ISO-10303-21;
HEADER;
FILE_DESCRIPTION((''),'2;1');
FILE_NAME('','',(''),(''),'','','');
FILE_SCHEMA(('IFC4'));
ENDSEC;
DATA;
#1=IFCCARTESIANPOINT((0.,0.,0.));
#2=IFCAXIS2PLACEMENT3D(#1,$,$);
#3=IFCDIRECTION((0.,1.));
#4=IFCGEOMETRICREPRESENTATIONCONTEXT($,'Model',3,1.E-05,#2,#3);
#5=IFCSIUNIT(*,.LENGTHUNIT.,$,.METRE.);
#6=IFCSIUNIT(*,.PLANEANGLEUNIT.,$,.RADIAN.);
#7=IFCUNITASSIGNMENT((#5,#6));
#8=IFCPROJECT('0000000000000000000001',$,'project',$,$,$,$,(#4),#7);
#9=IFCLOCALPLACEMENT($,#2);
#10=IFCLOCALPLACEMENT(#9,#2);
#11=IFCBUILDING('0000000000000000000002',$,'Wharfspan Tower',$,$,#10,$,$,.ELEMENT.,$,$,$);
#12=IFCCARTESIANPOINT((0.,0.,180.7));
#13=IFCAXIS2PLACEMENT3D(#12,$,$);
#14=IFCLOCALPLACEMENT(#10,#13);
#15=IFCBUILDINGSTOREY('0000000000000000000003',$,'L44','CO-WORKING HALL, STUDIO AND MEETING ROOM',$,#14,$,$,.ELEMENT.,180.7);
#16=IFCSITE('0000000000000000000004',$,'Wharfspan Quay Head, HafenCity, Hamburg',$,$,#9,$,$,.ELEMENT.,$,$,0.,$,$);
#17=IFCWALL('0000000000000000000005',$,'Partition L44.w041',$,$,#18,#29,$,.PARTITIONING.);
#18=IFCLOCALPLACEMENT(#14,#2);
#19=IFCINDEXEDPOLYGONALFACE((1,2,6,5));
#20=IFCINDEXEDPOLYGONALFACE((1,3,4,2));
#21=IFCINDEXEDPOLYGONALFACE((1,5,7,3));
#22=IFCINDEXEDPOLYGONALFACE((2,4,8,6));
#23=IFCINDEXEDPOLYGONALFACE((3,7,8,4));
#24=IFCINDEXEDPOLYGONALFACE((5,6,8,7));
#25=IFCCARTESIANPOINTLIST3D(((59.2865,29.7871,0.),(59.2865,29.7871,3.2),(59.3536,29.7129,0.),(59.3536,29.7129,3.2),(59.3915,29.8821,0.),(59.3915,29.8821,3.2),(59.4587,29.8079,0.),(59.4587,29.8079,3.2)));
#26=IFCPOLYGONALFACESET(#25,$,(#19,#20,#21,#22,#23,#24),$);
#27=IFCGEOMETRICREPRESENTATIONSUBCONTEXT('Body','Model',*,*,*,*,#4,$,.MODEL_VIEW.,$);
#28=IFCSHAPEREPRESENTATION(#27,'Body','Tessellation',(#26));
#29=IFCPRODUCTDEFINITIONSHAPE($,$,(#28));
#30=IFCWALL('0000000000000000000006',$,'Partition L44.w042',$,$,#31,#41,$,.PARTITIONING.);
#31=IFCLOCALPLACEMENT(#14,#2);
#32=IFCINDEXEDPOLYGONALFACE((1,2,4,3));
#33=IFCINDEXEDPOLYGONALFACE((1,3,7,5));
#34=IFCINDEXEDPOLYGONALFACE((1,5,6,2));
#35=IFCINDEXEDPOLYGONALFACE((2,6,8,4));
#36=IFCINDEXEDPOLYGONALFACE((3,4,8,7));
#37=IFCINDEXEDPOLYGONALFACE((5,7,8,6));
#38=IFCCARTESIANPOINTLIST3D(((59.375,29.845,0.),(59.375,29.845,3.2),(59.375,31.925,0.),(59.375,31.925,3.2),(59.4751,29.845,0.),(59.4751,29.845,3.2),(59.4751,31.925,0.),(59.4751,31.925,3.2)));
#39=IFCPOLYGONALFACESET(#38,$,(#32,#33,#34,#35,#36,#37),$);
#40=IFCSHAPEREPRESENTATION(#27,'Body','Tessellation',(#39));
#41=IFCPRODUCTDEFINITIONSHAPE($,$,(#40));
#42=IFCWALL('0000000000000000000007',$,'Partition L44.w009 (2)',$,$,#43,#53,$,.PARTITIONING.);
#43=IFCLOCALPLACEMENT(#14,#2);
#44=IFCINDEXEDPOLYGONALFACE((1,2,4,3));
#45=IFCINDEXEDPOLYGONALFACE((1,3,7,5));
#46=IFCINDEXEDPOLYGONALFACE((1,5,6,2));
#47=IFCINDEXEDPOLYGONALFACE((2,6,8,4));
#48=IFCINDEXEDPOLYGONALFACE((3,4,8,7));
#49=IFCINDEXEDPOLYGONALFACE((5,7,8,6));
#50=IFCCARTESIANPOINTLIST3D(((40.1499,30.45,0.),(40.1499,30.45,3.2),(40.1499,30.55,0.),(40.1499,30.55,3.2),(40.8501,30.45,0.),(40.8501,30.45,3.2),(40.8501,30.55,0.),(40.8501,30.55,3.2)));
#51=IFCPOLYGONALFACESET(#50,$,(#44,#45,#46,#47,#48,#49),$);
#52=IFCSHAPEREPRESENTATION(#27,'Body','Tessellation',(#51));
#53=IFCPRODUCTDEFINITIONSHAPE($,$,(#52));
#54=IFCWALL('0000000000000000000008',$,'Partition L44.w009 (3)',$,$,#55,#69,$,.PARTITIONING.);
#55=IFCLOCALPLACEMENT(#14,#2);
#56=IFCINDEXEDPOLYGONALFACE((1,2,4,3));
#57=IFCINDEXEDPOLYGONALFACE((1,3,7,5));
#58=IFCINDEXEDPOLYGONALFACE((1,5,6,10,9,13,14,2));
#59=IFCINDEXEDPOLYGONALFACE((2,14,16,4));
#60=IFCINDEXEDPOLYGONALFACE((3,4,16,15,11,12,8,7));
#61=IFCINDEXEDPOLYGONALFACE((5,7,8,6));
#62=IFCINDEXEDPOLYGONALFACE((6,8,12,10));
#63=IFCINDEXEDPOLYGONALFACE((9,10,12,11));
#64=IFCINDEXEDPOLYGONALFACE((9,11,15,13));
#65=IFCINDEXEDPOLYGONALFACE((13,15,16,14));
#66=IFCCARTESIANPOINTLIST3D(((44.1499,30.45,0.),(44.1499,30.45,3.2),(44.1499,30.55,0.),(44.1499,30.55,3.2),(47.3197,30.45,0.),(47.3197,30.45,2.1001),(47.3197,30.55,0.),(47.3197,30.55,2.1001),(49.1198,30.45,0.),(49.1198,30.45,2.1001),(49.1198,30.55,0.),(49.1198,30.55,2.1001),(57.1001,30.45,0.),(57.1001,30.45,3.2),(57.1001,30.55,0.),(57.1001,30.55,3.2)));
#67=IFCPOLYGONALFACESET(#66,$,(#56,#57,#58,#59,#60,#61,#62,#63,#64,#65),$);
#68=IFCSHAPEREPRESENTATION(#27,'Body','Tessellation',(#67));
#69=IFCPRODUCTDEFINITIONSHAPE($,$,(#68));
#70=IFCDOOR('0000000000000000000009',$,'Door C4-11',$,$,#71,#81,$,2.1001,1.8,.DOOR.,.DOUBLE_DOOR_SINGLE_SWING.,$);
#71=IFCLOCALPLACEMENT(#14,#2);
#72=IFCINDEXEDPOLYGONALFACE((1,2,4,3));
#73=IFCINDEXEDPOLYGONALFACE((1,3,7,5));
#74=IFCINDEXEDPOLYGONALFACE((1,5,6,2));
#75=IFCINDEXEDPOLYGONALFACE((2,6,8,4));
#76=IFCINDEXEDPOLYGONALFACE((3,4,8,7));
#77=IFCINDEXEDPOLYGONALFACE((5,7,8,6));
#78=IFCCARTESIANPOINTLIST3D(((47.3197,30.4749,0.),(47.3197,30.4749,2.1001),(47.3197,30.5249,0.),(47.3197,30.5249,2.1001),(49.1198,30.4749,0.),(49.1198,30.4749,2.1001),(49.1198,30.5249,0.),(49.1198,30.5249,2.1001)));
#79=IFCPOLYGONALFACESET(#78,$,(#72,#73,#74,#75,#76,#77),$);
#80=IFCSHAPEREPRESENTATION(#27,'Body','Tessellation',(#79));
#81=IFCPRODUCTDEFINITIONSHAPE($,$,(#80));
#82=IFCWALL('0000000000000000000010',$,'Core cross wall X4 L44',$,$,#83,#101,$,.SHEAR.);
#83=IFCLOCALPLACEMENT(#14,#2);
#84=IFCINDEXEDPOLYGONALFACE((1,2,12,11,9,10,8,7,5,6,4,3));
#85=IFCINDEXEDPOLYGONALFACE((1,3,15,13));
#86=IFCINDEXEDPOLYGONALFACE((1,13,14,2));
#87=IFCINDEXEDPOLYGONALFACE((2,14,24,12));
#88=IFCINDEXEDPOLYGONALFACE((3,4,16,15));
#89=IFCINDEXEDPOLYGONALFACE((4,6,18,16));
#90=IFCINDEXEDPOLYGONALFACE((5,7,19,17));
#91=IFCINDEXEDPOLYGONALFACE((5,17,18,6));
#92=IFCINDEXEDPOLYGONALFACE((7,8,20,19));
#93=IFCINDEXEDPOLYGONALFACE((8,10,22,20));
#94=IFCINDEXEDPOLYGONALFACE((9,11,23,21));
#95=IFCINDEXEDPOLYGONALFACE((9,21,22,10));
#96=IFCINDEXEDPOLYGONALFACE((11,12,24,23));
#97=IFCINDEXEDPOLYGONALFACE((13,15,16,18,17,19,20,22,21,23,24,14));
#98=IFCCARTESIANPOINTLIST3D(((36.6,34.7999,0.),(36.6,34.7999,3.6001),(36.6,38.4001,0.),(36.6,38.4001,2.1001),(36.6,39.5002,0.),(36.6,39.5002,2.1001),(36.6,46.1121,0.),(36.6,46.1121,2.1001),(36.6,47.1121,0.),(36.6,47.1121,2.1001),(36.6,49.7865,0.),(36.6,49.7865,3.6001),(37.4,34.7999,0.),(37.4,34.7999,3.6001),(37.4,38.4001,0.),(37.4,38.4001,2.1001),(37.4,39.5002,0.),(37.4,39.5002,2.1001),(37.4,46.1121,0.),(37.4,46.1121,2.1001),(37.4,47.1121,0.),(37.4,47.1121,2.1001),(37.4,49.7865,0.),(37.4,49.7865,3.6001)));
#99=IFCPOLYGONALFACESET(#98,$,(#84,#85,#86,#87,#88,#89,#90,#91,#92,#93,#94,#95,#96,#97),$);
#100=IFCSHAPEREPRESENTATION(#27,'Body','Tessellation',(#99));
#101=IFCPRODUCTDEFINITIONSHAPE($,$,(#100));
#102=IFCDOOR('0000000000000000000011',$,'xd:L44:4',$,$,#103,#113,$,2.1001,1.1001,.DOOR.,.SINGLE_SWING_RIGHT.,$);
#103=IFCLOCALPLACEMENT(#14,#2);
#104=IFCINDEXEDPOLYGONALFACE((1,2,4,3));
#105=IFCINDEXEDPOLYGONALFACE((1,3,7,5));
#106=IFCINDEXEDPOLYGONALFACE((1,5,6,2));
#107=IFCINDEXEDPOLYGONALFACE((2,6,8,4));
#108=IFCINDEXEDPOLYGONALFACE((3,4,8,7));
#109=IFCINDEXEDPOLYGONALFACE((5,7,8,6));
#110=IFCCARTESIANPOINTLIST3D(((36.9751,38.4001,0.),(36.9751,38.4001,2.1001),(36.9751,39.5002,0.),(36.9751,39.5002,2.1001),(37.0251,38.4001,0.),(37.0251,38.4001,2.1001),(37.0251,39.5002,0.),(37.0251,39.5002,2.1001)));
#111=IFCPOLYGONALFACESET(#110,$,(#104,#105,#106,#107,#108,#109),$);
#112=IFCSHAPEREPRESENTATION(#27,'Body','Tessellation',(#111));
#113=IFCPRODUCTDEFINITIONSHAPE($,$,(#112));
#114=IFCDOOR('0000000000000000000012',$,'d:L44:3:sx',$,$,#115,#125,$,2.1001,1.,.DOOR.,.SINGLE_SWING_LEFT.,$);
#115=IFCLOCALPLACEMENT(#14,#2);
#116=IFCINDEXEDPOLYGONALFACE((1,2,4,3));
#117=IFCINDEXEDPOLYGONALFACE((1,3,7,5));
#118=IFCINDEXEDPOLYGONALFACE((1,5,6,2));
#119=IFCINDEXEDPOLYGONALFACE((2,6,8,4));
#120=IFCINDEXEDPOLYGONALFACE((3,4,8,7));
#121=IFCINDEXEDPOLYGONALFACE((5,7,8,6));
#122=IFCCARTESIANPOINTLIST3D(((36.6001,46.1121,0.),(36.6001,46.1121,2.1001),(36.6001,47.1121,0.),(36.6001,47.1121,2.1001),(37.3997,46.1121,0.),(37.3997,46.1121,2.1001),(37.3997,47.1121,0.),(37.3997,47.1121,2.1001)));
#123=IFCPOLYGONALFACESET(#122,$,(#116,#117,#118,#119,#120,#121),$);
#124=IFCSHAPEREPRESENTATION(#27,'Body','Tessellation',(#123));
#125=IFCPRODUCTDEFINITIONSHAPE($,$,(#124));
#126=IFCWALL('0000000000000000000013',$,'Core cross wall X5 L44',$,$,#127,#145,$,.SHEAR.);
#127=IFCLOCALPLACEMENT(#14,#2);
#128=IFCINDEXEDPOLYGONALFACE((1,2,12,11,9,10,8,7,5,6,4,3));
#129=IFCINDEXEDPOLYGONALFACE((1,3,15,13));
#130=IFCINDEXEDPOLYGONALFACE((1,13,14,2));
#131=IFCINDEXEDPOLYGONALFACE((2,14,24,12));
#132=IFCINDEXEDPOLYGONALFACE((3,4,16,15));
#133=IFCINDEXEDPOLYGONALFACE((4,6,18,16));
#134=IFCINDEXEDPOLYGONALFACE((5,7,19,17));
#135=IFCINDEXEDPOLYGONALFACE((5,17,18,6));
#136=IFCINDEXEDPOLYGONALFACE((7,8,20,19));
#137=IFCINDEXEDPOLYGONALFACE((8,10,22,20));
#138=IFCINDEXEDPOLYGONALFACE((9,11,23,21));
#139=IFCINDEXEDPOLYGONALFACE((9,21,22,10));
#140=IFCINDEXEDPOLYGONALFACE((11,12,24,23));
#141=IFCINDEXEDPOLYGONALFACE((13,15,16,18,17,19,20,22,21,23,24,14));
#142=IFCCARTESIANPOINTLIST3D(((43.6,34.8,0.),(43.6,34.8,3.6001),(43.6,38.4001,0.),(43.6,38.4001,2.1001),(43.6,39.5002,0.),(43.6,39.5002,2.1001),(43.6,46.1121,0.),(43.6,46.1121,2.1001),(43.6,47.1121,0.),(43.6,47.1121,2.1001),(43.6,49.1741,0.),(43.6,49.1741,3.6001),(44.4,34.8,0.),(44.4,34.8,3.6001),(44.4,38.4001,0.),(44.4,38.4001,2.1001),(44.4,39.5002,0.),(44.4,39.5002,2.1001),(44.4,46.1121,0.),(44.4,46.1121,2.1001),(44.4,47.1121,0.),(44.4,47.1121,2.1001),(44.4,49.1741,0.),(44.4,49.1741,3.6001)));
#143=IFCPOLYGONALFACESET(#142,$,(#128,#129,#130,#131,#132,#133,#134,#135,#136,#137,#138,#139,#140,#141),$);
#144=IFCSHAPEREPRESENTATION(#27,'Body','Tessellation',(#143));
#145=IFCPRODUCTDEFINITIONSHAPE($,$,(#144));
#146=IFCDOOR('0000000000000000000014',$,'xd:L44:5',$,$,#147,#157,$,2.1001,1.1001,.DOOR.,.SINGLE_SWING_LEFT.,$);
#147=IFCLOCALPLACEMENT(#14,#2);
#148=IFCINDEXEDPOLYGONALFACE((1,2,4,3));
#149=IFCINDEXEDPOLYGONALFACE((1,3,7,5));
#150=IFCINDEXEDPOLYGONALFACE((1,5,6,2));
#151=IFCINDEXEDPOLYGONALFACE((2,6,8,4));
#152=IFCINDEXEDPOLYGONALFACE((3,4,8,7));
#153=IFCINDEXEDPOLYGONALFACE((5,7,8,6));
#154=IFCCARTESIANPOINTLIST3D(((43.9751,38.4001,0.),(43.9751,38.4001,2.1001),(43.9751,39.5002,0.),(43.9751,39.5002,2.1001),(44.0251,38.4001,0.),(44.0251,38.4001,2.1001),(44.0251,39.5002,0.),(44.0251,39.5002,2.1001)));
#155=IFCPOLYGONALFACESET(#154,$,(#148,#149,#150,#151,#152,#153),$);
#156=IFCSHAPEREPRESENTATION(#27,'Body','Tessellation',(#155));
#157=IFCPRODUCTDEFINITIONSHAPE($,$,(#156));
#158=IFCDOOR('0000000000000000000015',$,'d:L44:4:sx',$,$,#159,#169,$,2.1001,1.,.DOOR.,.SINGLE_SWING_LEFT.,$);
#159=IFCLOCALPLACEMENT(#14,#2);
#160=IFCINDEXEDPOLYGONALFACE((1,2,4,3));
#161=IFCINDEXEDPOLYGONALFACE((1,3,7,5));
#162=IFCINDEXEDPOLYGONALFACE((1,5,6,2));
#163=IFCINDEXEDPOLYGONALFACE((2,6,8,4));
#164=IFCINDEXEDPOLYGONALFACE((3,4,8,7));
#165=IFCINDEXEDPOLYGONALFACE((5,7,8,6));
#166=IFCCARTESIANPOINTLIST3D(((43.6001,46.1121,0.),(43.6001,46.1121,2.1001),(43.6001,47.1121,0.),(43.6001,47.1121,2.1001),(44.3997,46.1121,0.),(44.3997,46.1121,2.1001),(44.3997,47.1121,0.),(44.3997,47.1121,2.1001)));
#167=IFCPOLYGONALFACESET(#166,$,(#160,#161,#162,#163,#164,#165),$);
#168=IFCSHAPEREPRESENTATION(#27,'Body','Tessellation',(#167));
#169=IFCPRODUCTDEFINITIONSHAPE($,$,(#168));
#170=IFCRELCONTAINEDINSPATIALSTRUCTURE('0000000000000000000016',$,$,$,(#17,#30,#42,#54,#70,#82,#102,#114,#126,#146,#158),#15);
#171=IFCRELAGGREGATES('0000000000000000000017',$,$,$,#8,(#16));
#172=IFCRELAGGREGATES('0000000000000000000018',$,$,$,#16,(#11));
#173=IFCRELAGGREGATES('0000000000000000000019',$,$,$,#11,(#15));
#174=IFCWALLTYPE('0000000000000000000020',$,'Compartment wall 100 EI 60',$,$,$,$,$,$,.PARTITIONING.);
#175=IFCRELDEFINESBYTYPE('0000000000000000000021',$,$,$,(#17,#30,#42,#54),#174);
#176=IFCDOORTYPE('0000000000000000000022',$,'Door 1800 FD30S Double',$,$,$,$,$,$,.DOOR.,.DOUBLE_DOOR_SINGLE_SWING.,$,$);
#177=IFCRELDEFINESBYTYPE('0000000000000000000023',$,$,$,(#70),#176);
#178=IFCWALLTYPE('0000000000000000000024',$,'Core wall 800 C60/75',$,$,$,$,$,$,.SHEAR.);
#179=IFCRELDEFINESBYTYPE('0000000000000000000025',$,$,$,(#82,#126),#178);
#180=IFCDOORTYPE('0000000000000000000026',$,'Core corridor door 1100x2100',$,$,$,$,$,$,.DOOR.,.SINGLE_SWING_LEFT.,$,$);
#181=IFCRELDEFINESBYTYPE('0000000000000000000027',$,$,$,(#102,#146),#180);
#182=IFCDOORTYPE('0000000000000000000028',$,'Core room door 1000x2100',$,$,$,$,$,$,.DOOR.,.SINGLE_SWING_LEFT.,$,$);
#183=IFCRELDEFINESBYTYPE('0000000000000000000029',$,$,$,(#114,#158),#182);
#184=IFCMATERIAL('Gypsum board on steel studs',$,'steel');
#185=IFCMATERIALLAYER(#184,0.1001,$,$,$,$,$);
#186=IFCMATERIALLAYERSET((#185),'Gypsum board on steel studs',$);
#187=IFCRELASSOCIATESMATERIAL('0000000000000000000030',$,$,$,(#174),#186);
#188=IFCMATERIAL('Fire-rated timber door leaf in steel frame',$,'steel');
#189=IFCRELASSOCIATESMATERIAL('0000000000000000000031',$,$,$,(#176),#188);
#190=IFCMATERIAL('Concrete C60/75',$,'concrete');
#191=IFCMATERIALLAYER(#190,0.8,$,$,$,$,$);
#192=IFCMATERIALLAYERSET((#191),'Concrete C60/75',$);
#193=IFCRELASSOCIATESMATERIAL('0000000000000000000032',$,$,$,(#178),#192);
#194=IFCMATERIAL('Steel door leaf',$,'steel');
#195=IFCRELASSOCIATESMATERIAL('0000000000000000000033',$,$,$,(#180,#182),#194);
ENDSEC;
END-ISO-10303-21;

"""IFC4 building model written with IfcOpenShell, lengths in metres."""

from ifc_helpers import new_model, si_unit, direction, frame, frame_2d, origin, place, context, subcontext, project, spatial, rectangle, extrude, material, layer, layer_set, type_object, element, fill, save


model = new_model("IFC4")

# Units and contexts
model_context = context("Model", 3, precision=1e-05, world=origin(), true_north=direction((0.0, 1.0)))
body_context = subcontext(model_context, "Body", "Model", "MODEL_VIEW")
ifc_project = project(units=[si_unit("LENGTHUNIT", "METRE"), si_unit("PLANEANGLEUNIT", "RADIAN")], contexts=[model_context])

# Site, building, storey
site_placement = place(None, origin())
site = spatial("IfcSite", under=ifc_project, at=site_placement, Name="Wharfspan Quay Head, HafenCity, Hamburg", CompositionType="ELEMENT", RefElevation=0.0)
building_placement = place(site_placement, origin())
building = spatial("IfcBuilding", under=site, at=building_placement, Name="Wharfspan Tower", CompositionType="ELEMENT")
storey_placement = place(building_placement, frame((0.0, 0.0, 180.7)))
storey = spatial("IfcBuildingStorey", under=building, at=storey_placement, Name="L44", Description="CO-WORKING HALL, STUDIO AND MEETING ROOM", CompositionType="ELEMENT", Elevation=180.7)

# Shared definitions
ifc_material_1 = material(Name="Gypsum board on steel studs", Category="steel")
ifc_layer_1 = layer(ifc_material_1, 0.1001)
ifc_layer_set_1 = layer_set([ifc_layer_1], Name="Gypsum board on steel studs")
wall_type_1 = type_object("IfcWallType", Name="Compartment wall 100 EI 60", PredefinedType="PARTITIONING", material=ifc_layer_set_1)

# Shared definitions
ifc_material_2 = material(Name="Fire-rated timber door leaf in steel frame", Category="steel")
door_type_1 = type_object("IfcDoorType", Name="Door 1800 FD30S Double", OperationType="DOUBLE_DOOR_SINGLE_SWING", PredefinedType="DOOR", material=ifc_material_2)

# Walls
wall_1_placement = place(storey_placement, frame((59.3201, 29.75, 0.0), z_axis=(0.0, 0.0, 1.0), x_axis=(0.741581, 0.670872, 0.0)))
element("IfcWall", 1, at=wall_1_placement, inside=storey, type_object=wall_type_1, Name="Partition L44.w041", PredefinedType="PARTITIONING", context=body_context, shape_type="SweptSolid", body=[
    extrude(rectangle(XDim=0.1416, YDim=0.1001, at=frame_2d((0.0708, 0.0))), origin(), (0.0, 0.0, 1.0), 3.2),
])
wall_2_placement = place(storey_placement, frame((59.425, 29.845, 0.0), z_axis=(0.0, 0.0, 1.0), x_axis=(0.0, 1.0, 0.0)))
element("IfcWall", 2, at=wall_2_placement, inside=storey, type_object=wall_type_1, Name="Partition L44.w042", PredefinedType="PARTITIONING", context=body_context, shape_type="SweptSolid", body=[
    extrude(rectangle(XDim=2.0801, YDim=0.1001, at=frame_2d((1.04, 0.0))), origin(), (0.0, 0.0, 1.0), 3.2),
])
wall_3_placement = place(storey_placement, frame((40.1499, 30.5, 0.0), z_axis=(0.0, 0.0, 1.0), x_axis=(1.0, 0.0, 0.0)))
element("IfcWall", 3, at=wall_3_placement, inside=storey, type_object=wall_type_1, Name="Partition L44.w009 (2)", PredefinedType="PARTITIONING", context=body_context, shape_type="SweptSolid", body=[
    extrude(rectangle(XDim=0.7002, YDim=0.1001, at=frame_2d((0.3501, 0.0))), origin(), (0.0, 0.0, 1.0), 3.2),
])

# Wall, opening, door
wall_4_placement = place(storey_placement, frame((44.1499, 30.5, 0.0), z_axis=(0.0, 0.0, 1.0), x_axis=(1.0, 0.0, 0.0)))
wall_4 = element("IfcWall", 4, at=wall_4_placement, inside=storey, type_object=wall_type_1, Name="Partition L44.w009 (3)", PredefinedType="PARTITIONING", context=body_context, shape_type="SweptSolid", body=[
    extrude(rectangle(XDim=12.9502, YDim=0.1001, at=frame_2d((6.4751, 0.0))), origin(), (0.0, 0.0, 1.0), 3.2),
])
opening_1_placement = place(wall_4_placement, frame((3.1699, 0.0, 0.0)))
opening_1 = element("IfcOpeningElement", 5, at=opening_1_placement, cuts=wall_4, PredefinedType="OPENING", context=body_context, shape_type="SweptSolid", body=[
    extrude(rectangle(XDim=1.8, YDim=2.1001, at=frame_2d((0.8999, 1.05))), frame((0.0, 0.0601, 0.0), z_axis=(0.0, -1.0, 0.0), x_axis=(1.0, 0.0, 0.0)), (0.0, 0.0, 1.0), 0.1201),
])
door_1_placement = place(opening_1_placement, origin())
door_1 = element("IfcDoor", 6, at=door_1_placement, inside=storey, type_object=door_type_1, Name="Door C4-11", OperationType="DOUBLE_DOOR_SINGLE_SWING", OverallHeight=2.1001, OverallWidth=1.8, PredefinedType="DOOR", context=body_context, shape_type="SweptSolid", body=[
    extrude(rectangle(XDim=1.8, YDim=2.1001, at=frame_2d((0.8999, 1.05))), frame((0.0, 0.0249, 0.0), z_axis=(0.0, -1.0, 0.0), x_axis=(1.0, 0.0, 0.0)), (0.0, 0.0, 1.0), 0.05),
])
fill(opening_1, door_1)

# Walls, openings, doors
ifc_material_3 = material(Name="Concrete C60/75", Category="concrete")
ifc_layer_2 = layer(ifc_material_3, 0.8)
ifc_layer_set_2 = layer_set([ifc_layer_2], Name="Concrete C60/75")
wall_type_2 = type_object("IfcWallType", Name="Core wall 800 C60/75", PredefinedType="SHEAR", material=ifc_layer_set_2)
wall_5_placement = place(storey_placement, frame((37.0, 34.8, 0.0), z_axis=(0.0, 0.0, 1.0), x_axis=(0.0, 1.0, 0.0)))
wall_5 = element("IfcWall", 7, at=wall_5_placement, inside=storey, type_object=wall_type_2, Name="Core cross wall X4 L44", PredefinedType="SHEAR", context=body_context, shape_type="SweptSolid", body=[
    extrude(rectangle(XDim=14.9866, YDim=0.8, at=frame_2d((7.4932, 0.0))), origin(), (0.0, 0.0, 1.0), 3.6001),
])
opening_2_placement = place(wall_5_placement, frame((11.312, 0.0, 0.0)))
opening_2 = element("IfcOpeningElement", 8, at=opening_2_placement, cuts=wall_5, PredefinedType="OPENING", context=body_context, shape_type="SweptSolid", body=[
    extrude(rectangle(XDim=1.0, YDim=2.1001, at=frame_2d((0.5, 1.05))), frame((0.0, 0.4099, 0.0), z_axis=(0.0, -1.0, 0.0), x_axis=(1.0, 0.0, 0.0)), (0.0, 0.0, 1.0), 0.8201),
])
opening_3_placement = place(wall_5_placement, frame((3.6001, 0.0, 0.0)))
opening_3 = element("IfcOpeningElement", 9, at=opening_3_placement, cuts=wall_5, PredefinedType="OPENING", context=body_context, shape_type="SweptSolid", body=[
    extrude(rectangle(XDim=1.1001, YDim=2.1001, at=frame_2d((0.55, 1.05))), frame((0.0, 0.4099, 0.0), z_axis=(0.0, -1.0, 0.0), x_axis=(1.0, 0.0, 0.0)), (0.0, 0.0, 1.0), 0.8201),
])
ifc_material_4 = material(Name="Steel door leaf", Category="steel")
door_type_2 = type_object("IfcDoorType", Name="Core corridor door 1100x2100", OperationType="SINGLE_SWING_LEFT", PredefinedType="DOOR", material=ifc_material_4)
door_2_placement = place(opening_3_placement, origin())
door_2 = element("IfcDoor", 10, at=door_2_placement, inside=storey, type_object=door_type_2, Name="xd:L44:4", OperationType="SINGLE_SWING_RIGHT", OverallHeight=2.1001, OverallWidth=1.1001, PredefinedType="DOOR", context=body_context, shape_type="SweptSolid", body=[
    extrude(rectangle(XDim=1.1001, YDim=2.1001, at=frame_2d((0.55, 1.05))), frame((0.0, 0.0249, 0.0), z_axis=(0.0, -1.0, 0.0), x_axis=(1.0, 0.0, 0.0)), (0.0, 0.0, 1.0), 0.05),
])
fill(opening_3, door_2)
door_type_3 = type_object("IfcDoorType", Name="Core room door 1000x2100", OperationType="SINGLE_SWING_LEFT", PredefinedType="DOOR", material=ifc_material_4)
door_3_placement = place(opening_2_placement, origin())
door_3 = element("IfcDoor", 11, at=door_3_placement, inside=storey, type_object=door_type_3, Name="d:L44:3:sx", OperationType="SINGLE_SWING_LEFT", OverallHeight=2.1001, OverallWidth=1.0, PredefinedType="DOOR", context=body_context, shape_type="SweptSolid", body=[
    extrude(rectangle(XDim=1.0, YDim=2.1001, at=frame_2d((0.5, 1.05))), frame((0.0, 0.3999, 0.0), z_axis=(0.0, -1.0, 0.0), x_axis=(1.0, 0.0, 0.0)), (0.0, 0.0, 1.0), 0.7996),
])
fill(opening_2, door_3)
wall_6_placement = place(storey_placement, frame((44.0, 34.8, 0.0), z_axis=(0.0, 0.0, 1.0), x_axis=(0.0, 1.0, 0.0)))
wall_6 = element("IfcWall", 12, at=wall_6_placement, inside=storey, type_object=wall_type_2, Name="Core cross wall X5 L44", PredefinedType="SHEAR", context=body_context, shape_type="SweptSolid", body=[
    extrude(rectangle(XDim=14.374, YDim=0.8, at=frame_2d((7.187, 0.0))), origin(), (0.0, 0.0, 1.0), 3.6001),
])
opening_4_placement = place(wall_6_placement, frame((11.312, 0.0, 0.0)))
opening_4 = element("IfcOpeningElement", 13, at=opening_4_placement, cuts=wall_6, PredefinedType="OPENING", context=body_context, shape_type="SweptSolid", body=[
    extrude(rectangle(XDim=1.0, YDim=2.1001, at=frame_2d((0.5, 1.05))), frame((0.0, 0.4099, 0.0), z_axis=(0.0, -1.0, 0.0), x_axis=(1.0, 0.0, 0.0)), (0.0, 0.0, 1.0), 0.8201),
])
opening_5_placement = place(wall_6_placement, frame((3.6001, 0.0, 0.0)))
opening_5 = element("IfcOpeningElement", 14, at=opening_5_placement, cuts=wall_6, PredefinedType="OPENING", context=body_context, shape_type="SweptSolid", body=[
    extrude(rectangle(XDim=1.1001, YDim=2.1001, at=frame_2d((0.55, 1.05))), frame((0.0, 0.4099, 0.0), z_axis=(0.0, -1.0, 0.0), x_axis=(1.0, 0.0, 0.0)), (0.0, 0.0, 1.0), 0.8201),
])
door_4_placement = place(opening_5_placement, origin())
door_4 = element("IfcDoor", 15, at=door_4_placement, inside=storey, type_object=door_type_2, Name="xd:L44:5", OperationType="SINGLE_SWING_LEFT", OverallHeight=2.1001, OverallWidth=1.1001, PredefinedType="DOOR", context=body_context, shape_type="SweptSolid", body=[
    extrude(rectangle(XDim=1.1001, YDim=2.1001, at=frame_2d((0.55, 1.05))), frame((0.0, 0.0249, 0.0), z_axis=(0.0, -1.0, 0.0), x_axis=(1.0, 0.0, 0.0)), (0.0, 0.0, 1.0), 0.05),
])
fill(opening_5, door_4)
door_5_placement = place(opening_4_placement, origin())
door_5 = element("IfcDoor", 16, at=door_5_placement, inside=storey, type_object=door_type_3, Name="d:L44:4:sx", OperationType="SINGLE_SWING_LEFT", OverallHeight=2.1001, OverallWidth=1.0, PredefinedType="DOOR", context=body_context, shape_type="SweptSolid", body=[
    extrude(rectangle(XDim=1.0, YDim=2.1001, at=frame_2d((0.5, 1.05))), frame((0.0, 0.3999, 0.0), z_axis=(0.0, -1.0, 0.0), x_axis=(1.0, 0.0, 0.0)), (0.0, 0.0, 1.0), 0.7996),
])
fill(opening_4, door_5)

save(model, "model.ifc")
